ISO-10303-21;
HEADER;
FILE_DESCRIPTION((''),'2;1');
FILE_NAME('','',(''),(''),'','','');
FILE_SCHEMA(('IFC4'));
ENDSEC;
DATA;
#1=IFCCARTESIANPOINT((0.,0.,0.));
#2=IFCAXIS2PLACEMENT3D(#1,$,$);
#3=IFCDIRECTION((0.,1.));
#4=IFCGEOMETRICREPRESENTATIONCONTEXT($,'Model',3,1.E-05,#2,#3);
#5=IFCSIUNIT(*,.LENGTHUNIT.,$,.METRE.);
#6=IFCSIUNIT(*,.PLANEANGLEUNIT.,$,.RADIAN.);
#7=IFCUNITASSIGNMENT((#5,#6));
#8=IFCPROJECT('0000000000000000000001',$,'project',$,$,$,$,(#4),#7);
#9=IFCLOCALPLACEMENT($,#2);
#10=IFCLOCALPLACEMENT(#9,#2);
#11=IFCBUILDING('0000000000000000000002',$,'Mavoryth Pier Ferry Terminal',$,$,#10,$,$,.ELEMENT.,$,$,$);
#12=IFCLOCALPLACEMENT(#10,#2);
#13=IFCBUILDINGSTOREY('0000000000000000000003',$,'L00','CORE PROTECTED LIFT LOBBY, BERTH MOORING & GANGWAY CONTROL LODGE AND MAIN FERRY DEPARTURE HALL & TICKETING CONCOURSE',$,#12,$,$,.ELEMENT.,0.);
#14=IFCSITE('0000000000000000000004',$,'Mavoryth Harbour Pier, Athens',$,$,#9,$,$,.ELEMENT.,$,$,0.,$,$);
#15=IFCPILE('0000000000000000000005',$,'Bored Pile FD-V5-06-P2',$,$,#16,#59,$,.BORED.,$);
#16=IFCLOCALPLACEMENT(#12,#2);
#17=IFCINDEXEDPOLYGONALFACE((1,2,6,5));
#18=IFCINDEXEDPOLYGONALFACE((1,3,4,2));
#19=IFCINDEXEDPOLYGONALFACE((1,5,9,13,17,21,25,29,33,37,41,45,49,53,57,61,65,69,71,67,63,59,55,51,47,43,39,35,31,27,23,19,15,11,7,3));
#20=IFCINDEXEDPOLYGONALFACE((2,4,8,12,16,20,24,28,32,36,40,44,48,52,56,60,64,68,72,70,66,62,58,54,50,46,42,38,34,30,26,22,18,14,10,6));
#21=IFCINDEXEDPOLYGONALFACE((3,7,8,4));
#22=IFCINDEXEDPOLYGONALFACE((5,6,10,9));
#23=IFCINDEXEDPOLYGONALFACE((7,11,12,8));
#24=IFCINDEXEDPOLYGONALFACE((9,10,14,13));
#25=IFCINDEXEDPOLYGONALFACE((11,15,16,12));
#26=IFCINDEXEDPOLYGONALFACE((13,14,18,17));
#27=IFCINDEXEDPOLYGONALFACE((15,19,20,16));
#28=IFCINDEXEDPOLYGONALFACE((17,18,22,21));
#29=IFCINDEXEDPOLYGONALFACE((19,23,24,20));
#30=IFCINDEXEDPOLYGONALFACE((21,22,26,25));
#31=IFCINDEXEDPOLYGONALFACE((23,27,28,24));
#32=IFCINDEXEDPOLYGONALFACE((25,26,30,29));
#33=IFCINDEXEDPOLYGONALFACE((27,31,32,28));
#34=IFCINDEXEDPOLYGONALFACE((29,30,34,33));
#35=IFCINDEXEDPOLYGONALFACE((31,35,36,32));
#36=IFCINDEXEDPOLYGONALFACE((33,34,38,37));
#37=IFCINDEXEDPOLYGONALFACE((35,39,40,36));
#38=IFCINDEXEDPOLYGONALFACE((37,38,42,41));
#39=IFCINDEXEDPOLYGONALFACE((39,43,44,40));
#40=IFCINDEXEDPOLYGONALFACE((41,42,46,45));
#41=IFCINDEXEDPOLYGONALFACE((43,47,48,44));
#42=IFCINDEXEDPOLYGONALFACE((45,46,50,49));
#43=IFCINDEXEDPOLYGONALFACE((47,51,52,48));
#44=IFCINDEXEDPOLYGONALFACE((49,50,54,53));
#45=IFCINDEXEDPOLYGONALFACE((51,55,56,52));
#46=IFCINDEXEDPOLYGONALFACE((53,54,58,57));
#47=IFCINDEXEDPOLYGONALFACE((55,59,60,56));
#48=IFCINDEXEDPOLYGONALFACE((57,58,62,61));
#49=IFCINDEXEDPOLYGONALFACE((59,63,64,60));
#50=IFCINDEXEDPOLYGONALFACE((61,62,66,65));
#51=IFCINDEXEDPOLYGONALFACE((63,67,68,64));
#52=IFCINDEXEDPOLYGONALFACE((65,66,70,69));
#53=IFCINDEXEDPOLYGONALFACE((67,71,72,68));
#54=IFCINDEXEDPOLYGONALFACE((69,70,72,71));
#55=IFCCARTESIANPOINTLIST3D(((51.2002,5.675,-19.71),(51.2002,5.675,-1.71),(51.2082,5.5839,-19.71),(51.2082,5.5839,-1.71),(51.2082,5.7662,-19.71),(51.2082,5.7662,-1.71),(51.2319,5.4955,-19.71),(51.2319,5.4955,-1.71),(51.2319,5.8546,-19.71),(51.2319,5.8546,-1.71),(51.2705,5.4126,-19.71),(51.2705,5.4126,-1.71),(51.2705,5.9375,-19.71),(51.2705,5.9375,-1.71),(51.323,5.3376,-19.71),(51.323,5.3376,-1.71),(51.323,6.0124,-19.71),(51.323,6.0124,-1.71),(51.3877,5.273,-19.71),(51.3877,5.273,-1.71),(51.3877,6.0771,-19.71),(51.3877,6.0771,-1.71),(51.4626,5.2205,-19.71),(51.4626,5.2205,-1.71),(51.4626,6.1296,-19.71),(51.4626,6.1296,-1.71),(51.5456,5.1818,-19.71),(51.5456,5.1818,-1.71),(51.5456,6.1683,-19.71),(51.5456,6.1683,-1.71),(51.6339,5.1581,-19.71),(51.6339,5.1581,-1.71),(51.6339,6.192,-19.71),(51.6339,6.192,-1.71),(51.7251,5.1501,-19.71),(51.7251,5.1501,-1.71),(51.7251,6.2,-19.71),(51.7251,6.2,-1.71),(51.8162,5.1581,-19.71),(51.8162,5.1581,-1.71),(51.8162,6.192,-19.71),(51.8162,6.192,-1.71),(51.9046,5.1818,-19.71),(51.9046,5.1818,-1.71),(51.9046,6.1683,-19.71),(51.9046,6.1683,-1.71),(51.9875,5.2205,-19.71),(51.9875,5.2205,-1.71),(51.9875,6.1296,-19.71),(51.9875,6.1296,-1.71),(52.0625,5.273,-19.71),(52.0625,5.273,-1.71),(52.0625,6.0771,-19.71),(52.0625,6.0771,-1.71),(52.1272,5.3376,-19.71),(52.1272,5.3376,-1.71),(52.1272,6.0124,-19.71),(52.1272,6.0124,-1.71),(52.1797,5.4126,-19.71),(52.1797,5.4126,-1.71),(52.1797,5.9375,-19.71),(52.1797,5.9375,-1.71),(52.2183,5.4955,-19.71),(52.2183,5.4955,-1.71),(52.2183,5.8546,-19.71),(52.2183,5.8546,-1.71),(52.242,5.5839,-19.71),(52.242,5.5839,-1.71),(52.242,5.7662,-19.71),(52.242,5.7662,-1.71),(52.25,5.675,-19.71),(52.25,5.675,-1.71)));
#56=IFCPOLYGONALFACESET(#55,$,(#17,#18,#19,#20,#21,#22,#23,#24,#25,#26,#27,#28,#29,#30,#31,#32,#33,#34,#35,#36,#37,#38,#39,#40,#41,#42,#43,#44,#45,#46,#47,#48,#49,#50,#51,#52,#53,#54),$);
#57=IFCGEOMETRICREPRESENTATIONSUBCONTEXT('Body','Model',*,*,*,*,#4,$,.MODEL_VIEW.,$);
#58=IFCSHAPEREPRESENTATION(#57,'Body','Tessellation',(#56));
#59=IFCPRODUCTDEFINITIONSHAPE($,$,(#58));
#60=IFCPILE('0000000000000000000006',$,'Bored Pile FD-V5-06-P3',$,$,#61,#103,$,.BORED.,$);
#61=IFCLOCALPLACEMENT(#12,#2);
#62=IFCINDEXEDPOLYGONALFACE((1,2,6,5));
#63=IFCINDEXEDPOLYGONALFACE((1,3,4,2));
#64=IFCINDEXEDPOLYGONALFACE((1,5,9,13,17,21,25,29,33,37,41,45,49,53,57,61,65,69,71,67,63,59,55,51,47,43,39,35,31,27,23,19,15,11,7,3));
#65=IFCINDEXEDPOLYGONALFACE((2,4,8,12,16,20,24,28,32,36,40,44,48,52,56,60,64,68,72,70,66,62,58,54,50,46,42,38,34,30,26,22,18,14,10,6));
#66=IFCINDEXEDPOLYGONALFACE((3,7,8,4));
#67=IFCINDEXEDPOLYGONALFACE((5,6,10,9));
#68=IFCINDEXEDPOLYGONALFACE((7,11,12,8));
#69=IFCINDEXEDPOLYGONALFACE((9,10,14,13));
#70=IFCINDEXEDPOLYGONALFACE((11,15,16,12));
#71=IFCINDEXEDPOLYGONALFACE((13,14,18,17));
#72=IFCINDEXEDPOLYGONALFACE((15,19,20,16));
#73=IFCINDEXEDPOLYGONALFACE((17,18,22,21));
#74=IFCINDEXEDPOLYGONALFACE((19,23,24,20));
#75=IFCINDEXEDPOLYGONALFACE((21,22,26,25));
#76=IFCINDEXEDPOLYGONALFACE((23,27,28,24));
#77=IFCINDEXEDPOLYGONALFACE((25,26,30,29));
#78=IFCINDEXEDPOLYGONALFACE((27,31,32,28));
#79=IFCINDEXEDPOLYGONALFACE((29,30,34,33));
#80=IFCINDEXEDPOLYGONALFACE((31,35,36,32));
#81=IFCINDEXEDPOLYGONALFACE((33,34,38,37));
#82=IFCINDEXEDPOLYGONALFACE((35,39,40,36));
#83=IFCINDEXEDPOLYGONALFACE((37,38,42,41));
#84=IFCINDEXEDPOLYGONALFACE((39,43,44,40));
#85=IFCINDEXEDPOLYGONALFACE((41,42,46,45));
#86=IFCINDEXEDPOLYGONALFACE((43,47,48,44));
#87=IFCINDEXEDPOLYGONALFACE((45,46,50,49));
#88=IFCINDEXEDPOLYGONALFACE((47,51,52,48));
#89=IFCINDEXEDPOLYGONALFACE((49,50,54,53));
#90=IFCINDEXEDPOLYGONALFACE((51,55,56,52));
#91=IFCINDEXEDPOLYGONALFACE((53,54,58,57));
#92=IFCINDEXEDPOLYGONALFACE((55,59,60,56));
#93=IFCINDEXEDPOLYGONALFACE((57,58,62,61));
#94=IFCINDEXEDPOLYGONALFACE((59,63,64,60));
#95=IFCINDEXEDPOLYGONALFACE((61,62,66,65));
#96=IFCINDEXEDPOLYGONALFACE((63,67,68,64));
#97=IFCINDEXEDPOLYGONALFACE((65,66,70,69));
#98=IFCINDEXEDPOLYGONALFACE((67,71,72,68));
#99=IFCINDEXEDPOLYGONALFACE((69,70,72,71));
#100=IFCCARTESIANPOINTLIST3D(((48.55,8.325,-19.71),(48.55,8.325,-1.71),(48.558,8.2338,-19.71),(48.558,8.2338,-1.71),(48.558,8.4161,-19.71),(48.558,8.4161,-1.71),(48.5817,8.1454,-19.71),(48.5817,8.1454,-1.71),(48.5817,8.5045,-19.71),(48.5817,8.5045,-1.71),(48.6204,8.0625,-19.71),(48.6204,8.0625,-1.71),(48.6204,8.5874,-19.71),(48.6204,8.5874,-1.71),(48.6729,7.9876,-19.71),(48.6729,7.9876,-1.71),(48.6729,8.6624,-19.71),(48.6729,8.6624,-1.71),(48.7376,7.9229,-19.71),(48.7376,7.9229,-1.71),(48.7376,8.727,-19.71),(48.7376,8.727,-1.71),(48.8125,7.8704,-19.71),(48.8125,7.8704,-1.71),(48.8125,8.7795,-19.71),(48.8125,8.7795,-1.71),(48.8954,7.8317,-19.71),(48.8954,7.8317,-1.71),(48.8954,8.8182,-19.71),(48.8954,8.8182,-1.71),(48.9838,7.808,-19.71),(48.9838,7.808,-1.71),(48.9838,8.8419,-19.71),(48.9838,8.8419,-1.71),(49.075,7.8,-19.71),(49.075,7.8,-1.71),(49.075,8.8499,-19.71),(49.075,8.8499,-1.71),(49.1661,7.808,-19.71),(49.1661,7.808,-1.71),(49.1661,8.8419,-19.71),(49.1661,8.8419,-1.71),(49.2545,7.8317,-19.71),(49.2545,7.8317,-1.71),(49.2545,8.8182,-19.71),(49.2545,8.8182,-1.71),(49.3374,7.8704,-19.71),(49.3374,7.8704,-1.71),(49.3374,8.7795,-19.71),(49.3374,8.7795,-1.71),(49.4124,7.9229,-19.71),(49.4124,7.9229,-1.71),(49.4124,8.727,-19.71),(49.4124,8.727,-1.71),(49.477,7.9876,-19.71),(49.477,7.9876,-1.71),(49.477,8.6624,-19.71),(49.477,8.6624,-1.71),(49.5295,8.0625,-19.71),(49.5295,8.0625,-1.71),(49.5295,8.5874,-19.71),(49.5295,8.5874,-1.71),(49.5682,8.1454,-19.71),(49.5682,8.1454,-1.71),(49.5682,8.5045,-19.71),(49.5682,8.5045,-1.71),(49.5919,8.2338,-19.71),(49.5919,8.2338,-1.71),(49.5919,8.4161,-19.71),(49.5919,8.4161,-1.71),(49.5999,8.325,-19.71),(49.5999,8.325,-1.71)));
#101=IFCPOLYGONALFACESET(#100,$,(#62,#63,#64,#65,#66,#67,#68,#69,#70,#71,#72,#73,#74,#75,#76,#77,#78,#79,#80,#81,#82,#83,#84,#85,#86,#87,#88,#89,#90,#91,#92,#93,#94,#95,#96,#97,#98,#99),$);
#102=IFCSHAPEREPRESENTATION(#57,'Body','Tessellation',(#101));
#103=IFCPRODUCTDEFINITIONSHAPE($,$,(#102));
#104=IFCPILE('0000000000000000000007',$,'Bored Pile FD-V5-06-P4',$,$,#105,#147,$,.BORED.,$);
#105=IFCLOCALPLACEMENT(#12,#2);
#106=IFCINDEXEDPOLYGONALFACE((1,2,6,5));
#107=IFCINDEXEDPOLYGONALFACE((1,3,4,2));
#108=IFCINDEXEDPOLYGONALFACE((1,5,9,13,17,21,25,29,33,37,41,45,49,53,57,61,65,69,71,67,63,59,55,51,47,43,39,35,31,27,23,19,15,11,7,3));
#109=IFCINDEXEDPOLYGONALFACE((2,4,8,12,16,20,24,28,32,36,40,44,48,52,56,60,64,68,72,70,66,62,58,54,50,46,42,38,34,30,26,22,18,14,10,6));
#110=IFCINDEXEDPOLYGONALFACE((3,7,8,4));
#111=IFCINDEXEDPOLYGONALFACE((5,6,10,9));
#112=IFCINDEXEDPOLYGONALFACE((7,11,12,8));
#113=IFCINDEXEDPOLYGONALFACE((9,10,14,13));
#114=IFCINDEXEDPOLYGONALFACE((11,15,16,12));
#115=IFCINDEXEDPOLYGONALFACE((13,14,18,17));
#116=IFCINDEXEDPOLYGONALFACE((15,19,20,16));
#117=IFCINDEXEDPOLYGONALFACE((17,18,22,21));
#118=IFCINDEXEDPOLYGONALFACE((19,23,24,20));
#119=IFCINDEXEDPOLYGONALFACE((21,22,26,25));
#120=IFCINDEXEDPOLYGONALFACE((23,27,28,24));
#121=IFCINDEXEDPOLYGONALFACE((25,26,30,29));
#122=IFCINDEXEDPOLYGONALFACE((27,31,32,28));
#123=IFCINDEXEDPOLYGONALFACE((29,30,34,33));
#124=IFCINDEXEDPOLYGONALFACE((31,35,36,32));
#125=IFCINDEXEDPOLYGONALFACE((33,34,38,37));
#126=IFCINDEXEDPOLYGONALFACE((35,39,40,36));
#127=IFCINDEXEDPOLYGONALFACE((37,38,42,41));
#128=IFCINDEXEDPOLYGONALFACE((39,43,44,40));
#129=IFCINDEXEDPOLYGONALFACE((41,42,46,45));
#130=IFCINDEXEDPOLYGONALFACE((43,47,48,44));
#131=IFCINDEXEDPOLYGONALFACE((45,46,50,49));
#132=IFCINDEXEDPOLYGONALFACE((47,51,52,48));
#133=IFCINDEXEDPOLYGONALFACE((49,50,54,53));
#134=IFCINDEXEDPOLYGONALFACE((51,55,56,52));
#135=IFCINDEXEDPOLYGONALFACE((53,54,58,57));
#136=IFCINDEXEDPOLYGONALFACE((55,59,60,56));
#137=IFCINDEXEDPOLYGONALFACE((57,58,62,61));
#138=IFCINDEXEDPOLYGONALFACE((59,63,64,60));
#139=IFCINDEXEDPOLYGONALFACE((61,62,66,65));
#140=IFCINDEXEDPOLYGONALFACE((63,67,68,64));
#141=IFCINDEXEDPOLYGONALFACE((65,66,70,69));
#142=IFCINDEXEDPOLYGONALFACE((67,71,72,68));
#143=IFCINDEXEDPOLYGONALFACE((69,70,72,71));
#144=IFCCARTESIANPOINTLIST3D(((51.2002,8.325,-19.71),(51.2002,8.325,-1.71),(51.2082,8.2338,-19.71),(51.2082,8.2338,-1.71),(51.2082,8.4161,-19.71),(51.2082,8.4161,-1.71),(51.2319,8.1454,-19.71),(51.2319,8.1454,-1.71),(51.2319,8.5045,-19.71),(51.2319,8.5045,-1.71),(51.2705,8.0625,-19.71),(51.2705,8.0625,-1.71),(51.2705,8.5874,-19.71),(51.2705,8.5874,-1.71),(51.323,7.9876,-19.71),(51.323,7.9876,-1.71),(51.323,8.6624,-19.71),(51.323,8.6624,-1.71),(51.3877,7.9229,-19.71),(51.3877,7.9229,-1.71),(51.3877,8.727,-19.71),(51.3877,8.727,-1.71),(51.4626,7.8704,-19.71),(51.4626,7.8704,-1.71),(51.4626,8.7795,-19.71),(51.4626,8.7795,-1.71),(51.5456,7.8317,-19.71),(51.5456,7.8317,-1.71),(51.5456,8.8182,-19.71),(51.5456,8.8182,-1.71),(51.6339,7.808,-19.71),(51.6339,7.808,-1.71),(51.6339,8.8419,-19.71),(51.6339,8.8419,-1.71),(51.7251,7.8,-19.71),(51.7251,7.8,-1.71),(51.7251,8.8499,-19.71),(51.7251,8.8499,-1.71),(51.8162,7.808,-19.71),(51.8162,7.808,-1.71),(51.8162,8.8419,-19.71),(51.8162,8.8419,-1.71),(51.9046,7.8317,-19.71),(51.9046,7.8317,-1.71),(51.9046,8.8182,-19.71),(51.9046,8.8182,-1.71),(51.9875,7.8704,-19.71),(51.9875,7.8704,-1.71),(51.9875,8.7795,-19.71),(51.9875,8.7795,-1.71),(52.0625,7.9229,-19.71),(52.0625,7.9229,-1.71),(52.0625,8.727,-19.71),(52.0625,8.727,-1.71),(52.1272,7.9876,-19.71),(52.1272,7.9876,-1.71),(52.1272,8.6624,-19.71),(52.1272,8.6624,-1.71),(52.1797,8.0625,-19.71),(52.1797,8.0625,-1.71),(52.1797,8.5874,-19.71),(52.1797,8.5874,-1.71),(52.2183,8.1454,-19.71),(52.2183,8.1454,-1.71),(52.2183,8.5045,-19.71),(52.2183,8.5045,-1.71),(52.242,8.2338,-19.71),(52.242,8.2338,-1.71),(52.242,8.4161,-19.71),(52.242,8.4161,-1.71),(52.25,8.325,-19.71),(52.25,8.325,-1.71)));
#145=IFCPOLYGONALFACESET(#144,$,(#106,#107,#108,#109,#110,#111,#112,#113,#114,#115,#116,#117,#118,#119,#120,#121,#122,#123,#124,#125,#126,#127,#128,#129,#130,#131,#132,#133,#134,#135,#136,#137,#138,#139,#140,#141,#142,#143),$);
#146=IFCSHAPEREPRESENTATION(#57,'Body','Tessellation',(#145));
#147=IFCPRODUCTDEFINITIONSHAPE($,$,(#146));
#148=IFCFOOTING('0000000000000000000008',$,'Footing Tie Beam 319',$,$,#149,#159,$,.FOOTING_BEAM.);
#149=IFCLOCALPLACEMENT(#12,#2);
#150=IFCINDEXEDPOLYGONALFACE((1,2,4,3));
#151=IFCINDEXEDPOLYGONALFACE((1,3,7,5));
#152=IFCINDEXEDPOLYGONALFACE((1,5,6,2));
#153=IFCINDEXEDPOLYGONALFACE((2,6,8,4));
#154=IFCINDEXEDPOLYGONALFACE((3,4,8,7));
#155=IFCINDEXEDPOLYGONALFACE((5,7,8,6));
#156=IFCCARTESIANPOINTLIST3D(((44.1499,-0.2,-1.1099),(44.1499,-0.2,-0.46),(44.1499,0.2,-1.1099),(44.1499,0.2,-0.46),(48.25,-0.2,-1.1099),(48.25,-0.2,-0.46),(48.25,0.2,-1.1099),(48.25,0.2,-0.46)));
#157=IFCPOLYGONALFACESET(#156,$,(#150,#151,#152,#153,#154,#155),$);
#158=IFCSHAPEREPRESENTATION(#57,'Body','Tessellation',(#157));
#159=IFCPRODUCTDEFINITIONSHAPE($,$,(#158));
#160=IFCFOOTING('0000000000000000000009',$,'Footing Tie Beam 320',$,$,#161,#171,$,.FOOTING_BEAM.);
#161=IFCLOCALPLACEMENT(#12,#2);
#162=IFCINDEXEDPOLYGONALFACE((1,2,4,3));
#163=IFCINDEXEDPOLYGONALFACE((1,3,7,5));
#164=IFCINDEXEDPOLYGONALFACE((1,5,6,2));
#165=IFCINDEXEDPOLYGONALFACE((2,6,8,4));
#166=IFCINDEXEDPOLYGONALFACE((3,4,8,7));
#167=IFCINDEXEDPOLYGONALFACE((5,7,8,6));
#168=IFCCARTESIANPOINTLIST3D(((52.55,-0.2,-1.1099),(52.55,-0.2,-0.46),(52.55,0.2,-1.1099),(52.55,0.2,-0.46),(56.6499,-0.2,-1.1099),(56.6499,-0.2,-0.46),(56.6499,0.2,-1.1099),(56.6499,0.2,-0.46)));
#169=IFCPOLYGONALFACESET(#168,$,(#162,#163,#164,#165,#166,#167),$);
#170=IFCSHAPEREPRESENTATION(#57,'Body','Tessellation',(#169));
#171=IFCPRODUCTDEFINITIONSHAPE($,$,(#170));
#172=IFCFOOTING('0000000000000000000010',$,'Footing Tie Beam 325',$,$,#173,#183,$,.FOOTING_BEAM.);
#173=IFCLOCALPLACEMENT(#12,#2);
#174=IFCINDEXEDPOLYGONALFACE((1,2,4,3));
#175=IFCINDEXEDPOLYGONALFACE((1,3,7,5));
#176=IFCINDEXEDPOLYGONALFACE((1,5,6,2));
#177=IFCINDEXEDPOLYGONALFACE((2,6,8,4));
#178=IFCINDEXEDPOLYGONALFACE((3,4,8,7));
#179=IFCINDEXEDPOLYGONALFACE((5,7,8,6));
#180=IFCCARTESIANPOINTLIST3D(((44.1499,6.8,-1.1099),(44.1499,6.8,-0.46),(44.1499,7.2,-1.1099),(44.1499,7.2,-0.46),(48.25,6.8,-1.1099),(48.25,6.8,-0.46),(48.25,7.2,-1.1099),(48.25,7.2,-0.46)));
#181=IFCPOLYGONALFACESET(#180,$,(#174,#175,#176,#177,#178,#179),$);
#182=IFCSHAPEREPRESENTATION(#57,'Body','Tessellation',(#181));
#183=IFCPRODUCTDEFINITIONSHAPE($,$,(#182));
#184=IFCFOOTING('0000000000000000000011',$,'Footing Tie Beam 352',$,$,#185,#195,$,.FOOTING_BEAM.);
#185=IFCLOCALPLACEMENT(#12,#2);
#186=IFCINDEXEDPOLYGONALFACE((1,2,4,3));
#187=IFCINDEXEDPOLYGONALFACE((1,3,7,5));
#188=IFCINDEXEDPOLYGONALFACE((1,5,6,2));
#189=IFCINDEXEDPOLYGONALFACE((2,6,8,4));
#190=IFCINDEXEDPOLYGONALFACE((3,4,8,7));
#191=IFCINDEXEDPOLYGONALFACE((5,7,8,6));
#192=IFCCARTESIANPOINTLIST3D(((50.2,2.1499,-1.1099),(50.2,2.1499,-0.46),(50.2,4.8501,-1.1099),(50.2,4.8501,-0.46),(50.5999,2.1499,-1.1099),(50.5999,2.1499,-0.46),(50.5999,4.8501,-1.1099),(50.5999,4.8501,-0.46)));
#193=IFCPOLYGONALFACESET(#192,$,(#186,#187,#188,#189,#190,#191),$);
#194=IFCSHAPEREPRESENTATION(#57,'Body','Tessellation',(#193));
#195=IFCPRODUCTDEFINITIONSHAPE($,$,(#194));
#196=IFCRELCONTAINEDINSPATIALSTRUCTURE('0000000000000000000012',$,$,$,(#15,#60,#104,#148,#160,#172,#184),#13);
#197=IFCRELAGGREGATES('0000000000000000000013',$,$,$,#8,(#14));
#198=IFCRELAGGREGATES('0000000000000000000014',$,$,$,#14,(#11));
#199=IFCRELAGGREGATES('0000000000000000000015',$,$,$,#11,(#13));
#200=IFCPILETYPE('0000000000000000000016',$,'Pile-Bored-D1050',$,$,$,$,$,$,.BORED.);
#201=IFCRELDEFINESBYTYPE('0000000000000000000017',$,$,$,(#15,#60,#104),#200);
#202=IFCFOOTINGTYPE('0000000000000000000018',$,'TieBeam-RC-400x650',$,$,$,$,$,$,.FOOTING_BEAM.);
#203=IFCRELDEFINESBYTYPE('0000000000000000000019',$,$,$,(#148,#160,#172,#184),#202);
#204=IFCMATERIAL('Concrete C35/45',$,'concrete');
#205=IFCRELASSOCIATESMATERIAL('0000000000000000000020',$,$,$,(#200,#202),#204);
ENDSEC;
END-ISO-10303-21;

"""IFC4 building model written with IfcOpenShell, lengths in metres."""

from ifc_helpers import new_model, si_unit, direction, frame, origin, origin_2d, place, context, subcontext, project, spatial, rectangle, circle, extrude, material, material_profile, profile_set, type_object, element, save


model = new_model("IFC4")

# Units and contexts
model_context = context("Model", 3, precision=1e-05, world=origin(), true_north=direction((0.0, 1.0)))
body_context = subcontext(model_context, "Body", "Model", "MODEL_VIEW")
ifc_project = project(units=[si_unit("LENGTHUNIT", "METRE"), si_unit("PLANEANGLEUNIT", "RADIAN")], contexts=[model_context])

# Site, building, storey
site_placement = place(None, origin())
site = spatial("IfcSite", under=ifc_project, at=site_placement, Name="Mavoryth Harbour Pier, Athens", CompositionType="ELEMENT", RefElevation=0.0)
building_placement = place(site_placement, origin())
building = spatial("IfcBuilding", under=site, at=building_placement, Name="Mavoryth Pier Ferry Terminal", CompositionType="ELEMENT")
storey_placement = place(building_placement, origin())
storey = spatial("IfcBuildingStorey", under=building, at=storey_placement, Name="L00", Description="CORE PROTECTED LIFT LOBBY, BERTH MOORING & GANGWAY CONTROL LODGE AND MAIN FERRY DEPARTURE HALL & TICKETING CONCOURSE", CompositionType="ELEMENT", Elevation=0.0)

# Shared definitions
ifc_material_1 = material(Name="Concrete C35/45", Category="concrete")

# Piles
ifc_material_profile_1 = material_profile(ifc_material_1, circle(Radius=0.5249, at=origin_2d()), Name="PILE D1050", Category="concrete")
ifc_profile_set_1 = profile_set([ifc_material_profile_1], Name="Concrete C35/45 - PILE D1050")
pile_type = type_object("IfcPileType", Name="Pile-Bored-D1050", PredefinedType="BORED", material=ifc_profile_set_1)
for number, where, z_axis, x_axis, name in (
    (1, (51.7251, 5.675, -1.71), (0.0, 0.0, -1.0), (1.0, 0.0, 0.0), "Bored Pile FD-V5-06-P2"),
    (2, (49.075, 8.325, -1.71), (0.0, 0.0, -1.0), (1.0, 0.0, 0.0), "Bored Pile FD-V5-06-P3"),
    (3, (51.7251, 8.325, -1.71), (0.0, 0.0, -1.0), (1.0, 0.0, 0.0), "Bored Pile FD-V5-06-P4"),
):
    element("IfcPile", number, at=place(storey_placement, frame(where, z_axis=z_axis, x_axis=x_axis)), inside=storey, type_object=pile_type, Name=name, PredefinedType="BORED", context=body_context, shape_type="SweptSolid", body=[
        extrude(circle(Radius=0.5249, at=origin_2d()), origin(), (0.0, 0.0, 1.0), 18.0),
    ])

# Footings
ifc_material_profile_2 = material_profile(ifc_material_1, rectangle(XDim=0.3999, YDim=0.6499, at=origin_2d()), Name="RC 400x650", Category="concrete")
ifc_profile_set_2 = profile_set([ifc_material_profile_2], Name="Concrete C35/45 - RC 400x650")
footing_type_1 = type_object("IfcFootingType", Name="TieBeam-RC-400x650", PredefinedType="FOOTING_BEAM", material=ifc_profile_set_2)
footing_1_placement = place(storey_placement, frame((44.1499, 0.0, -0.7849), z_axis=(1.0, 0.0, 0.0), x_axis=(0.0, 1.0, 0.0)))
element("IfcFooting", 4, at=footing_1_placement, inside=storey, type_object=footing_type_1, Name="Footing Tie Beam 319", PredefinedType="FOOTING_BEAM", context=body_context, shape_type="SweptSolid", body=[
    extrude(rectangle(XDim=0.3999, YDim=0.6499, at=origin_2d()), origin(), (0.0, 0.0, 1.0), 4.1001),
])
footing_2_placement = place(storey_placement, frame((52.55, 0.0, -0.7849), z_axis=(1.0, 0.0, 0.0), x_axis=(0.0, 1.0, 0.0)))
element("IfcFooting", 5, at=footing_2_placement, inside=storey, type_object=footing_type_1, Name="Footing Tie Beam 320", PredefinedType="FOOTING_BEAM", context=body_context, shape_type="SweptSolid", body=[
    extrude(rectangle(XDim=0.3999, YDim=0.6499, at=origin_2d()), origin(), (0.0, 0.0, 1.0), 4.0999),
])
footing_3_placement = place(storey_placement, frame((44.1499, 7.0, -0.7849), z_axis=(1.0, 0.0, 0.0), x_axis=(0.0, 1.0, 0.0)))
element("IfcFooting", 6, at=footing_3_placement, inside=storey, type_object=footing_type_1, Name="Footing Tie Beam 325", PredefinedType="FOOTING_BEAM", context=body_context, shape_type="SweptSolid", body=[
    extrude(rectangle(XDim=0.3999, YDim=0.6499, at=origin_2d()), origin(), (0.0, 0.0, 1.0), 4.1001),
])
footing_4_placement = place(storey_placement, frame((50.3999, 2.1499, -0.7849), z_axis=(0.0, 1.0, 0.0), x_axis=(-1.0, 0.0, 0.0)))
element("IfcFooting", 7, at=footing_4_placement, inside=storey, type_object=footing_type_1, Name="Footing Tie Beam 352", PredefinedType="FOOTING_BEAM", context=body_context, shape_type="SweptSolid", body=[
    extrude(rectangle(XDim=0.3999, YDim=0.6499, at=origin_2d()), origin(), (0.0, 0.0, 1.0), 2.7002),
])

save(model, "model.ifc")
